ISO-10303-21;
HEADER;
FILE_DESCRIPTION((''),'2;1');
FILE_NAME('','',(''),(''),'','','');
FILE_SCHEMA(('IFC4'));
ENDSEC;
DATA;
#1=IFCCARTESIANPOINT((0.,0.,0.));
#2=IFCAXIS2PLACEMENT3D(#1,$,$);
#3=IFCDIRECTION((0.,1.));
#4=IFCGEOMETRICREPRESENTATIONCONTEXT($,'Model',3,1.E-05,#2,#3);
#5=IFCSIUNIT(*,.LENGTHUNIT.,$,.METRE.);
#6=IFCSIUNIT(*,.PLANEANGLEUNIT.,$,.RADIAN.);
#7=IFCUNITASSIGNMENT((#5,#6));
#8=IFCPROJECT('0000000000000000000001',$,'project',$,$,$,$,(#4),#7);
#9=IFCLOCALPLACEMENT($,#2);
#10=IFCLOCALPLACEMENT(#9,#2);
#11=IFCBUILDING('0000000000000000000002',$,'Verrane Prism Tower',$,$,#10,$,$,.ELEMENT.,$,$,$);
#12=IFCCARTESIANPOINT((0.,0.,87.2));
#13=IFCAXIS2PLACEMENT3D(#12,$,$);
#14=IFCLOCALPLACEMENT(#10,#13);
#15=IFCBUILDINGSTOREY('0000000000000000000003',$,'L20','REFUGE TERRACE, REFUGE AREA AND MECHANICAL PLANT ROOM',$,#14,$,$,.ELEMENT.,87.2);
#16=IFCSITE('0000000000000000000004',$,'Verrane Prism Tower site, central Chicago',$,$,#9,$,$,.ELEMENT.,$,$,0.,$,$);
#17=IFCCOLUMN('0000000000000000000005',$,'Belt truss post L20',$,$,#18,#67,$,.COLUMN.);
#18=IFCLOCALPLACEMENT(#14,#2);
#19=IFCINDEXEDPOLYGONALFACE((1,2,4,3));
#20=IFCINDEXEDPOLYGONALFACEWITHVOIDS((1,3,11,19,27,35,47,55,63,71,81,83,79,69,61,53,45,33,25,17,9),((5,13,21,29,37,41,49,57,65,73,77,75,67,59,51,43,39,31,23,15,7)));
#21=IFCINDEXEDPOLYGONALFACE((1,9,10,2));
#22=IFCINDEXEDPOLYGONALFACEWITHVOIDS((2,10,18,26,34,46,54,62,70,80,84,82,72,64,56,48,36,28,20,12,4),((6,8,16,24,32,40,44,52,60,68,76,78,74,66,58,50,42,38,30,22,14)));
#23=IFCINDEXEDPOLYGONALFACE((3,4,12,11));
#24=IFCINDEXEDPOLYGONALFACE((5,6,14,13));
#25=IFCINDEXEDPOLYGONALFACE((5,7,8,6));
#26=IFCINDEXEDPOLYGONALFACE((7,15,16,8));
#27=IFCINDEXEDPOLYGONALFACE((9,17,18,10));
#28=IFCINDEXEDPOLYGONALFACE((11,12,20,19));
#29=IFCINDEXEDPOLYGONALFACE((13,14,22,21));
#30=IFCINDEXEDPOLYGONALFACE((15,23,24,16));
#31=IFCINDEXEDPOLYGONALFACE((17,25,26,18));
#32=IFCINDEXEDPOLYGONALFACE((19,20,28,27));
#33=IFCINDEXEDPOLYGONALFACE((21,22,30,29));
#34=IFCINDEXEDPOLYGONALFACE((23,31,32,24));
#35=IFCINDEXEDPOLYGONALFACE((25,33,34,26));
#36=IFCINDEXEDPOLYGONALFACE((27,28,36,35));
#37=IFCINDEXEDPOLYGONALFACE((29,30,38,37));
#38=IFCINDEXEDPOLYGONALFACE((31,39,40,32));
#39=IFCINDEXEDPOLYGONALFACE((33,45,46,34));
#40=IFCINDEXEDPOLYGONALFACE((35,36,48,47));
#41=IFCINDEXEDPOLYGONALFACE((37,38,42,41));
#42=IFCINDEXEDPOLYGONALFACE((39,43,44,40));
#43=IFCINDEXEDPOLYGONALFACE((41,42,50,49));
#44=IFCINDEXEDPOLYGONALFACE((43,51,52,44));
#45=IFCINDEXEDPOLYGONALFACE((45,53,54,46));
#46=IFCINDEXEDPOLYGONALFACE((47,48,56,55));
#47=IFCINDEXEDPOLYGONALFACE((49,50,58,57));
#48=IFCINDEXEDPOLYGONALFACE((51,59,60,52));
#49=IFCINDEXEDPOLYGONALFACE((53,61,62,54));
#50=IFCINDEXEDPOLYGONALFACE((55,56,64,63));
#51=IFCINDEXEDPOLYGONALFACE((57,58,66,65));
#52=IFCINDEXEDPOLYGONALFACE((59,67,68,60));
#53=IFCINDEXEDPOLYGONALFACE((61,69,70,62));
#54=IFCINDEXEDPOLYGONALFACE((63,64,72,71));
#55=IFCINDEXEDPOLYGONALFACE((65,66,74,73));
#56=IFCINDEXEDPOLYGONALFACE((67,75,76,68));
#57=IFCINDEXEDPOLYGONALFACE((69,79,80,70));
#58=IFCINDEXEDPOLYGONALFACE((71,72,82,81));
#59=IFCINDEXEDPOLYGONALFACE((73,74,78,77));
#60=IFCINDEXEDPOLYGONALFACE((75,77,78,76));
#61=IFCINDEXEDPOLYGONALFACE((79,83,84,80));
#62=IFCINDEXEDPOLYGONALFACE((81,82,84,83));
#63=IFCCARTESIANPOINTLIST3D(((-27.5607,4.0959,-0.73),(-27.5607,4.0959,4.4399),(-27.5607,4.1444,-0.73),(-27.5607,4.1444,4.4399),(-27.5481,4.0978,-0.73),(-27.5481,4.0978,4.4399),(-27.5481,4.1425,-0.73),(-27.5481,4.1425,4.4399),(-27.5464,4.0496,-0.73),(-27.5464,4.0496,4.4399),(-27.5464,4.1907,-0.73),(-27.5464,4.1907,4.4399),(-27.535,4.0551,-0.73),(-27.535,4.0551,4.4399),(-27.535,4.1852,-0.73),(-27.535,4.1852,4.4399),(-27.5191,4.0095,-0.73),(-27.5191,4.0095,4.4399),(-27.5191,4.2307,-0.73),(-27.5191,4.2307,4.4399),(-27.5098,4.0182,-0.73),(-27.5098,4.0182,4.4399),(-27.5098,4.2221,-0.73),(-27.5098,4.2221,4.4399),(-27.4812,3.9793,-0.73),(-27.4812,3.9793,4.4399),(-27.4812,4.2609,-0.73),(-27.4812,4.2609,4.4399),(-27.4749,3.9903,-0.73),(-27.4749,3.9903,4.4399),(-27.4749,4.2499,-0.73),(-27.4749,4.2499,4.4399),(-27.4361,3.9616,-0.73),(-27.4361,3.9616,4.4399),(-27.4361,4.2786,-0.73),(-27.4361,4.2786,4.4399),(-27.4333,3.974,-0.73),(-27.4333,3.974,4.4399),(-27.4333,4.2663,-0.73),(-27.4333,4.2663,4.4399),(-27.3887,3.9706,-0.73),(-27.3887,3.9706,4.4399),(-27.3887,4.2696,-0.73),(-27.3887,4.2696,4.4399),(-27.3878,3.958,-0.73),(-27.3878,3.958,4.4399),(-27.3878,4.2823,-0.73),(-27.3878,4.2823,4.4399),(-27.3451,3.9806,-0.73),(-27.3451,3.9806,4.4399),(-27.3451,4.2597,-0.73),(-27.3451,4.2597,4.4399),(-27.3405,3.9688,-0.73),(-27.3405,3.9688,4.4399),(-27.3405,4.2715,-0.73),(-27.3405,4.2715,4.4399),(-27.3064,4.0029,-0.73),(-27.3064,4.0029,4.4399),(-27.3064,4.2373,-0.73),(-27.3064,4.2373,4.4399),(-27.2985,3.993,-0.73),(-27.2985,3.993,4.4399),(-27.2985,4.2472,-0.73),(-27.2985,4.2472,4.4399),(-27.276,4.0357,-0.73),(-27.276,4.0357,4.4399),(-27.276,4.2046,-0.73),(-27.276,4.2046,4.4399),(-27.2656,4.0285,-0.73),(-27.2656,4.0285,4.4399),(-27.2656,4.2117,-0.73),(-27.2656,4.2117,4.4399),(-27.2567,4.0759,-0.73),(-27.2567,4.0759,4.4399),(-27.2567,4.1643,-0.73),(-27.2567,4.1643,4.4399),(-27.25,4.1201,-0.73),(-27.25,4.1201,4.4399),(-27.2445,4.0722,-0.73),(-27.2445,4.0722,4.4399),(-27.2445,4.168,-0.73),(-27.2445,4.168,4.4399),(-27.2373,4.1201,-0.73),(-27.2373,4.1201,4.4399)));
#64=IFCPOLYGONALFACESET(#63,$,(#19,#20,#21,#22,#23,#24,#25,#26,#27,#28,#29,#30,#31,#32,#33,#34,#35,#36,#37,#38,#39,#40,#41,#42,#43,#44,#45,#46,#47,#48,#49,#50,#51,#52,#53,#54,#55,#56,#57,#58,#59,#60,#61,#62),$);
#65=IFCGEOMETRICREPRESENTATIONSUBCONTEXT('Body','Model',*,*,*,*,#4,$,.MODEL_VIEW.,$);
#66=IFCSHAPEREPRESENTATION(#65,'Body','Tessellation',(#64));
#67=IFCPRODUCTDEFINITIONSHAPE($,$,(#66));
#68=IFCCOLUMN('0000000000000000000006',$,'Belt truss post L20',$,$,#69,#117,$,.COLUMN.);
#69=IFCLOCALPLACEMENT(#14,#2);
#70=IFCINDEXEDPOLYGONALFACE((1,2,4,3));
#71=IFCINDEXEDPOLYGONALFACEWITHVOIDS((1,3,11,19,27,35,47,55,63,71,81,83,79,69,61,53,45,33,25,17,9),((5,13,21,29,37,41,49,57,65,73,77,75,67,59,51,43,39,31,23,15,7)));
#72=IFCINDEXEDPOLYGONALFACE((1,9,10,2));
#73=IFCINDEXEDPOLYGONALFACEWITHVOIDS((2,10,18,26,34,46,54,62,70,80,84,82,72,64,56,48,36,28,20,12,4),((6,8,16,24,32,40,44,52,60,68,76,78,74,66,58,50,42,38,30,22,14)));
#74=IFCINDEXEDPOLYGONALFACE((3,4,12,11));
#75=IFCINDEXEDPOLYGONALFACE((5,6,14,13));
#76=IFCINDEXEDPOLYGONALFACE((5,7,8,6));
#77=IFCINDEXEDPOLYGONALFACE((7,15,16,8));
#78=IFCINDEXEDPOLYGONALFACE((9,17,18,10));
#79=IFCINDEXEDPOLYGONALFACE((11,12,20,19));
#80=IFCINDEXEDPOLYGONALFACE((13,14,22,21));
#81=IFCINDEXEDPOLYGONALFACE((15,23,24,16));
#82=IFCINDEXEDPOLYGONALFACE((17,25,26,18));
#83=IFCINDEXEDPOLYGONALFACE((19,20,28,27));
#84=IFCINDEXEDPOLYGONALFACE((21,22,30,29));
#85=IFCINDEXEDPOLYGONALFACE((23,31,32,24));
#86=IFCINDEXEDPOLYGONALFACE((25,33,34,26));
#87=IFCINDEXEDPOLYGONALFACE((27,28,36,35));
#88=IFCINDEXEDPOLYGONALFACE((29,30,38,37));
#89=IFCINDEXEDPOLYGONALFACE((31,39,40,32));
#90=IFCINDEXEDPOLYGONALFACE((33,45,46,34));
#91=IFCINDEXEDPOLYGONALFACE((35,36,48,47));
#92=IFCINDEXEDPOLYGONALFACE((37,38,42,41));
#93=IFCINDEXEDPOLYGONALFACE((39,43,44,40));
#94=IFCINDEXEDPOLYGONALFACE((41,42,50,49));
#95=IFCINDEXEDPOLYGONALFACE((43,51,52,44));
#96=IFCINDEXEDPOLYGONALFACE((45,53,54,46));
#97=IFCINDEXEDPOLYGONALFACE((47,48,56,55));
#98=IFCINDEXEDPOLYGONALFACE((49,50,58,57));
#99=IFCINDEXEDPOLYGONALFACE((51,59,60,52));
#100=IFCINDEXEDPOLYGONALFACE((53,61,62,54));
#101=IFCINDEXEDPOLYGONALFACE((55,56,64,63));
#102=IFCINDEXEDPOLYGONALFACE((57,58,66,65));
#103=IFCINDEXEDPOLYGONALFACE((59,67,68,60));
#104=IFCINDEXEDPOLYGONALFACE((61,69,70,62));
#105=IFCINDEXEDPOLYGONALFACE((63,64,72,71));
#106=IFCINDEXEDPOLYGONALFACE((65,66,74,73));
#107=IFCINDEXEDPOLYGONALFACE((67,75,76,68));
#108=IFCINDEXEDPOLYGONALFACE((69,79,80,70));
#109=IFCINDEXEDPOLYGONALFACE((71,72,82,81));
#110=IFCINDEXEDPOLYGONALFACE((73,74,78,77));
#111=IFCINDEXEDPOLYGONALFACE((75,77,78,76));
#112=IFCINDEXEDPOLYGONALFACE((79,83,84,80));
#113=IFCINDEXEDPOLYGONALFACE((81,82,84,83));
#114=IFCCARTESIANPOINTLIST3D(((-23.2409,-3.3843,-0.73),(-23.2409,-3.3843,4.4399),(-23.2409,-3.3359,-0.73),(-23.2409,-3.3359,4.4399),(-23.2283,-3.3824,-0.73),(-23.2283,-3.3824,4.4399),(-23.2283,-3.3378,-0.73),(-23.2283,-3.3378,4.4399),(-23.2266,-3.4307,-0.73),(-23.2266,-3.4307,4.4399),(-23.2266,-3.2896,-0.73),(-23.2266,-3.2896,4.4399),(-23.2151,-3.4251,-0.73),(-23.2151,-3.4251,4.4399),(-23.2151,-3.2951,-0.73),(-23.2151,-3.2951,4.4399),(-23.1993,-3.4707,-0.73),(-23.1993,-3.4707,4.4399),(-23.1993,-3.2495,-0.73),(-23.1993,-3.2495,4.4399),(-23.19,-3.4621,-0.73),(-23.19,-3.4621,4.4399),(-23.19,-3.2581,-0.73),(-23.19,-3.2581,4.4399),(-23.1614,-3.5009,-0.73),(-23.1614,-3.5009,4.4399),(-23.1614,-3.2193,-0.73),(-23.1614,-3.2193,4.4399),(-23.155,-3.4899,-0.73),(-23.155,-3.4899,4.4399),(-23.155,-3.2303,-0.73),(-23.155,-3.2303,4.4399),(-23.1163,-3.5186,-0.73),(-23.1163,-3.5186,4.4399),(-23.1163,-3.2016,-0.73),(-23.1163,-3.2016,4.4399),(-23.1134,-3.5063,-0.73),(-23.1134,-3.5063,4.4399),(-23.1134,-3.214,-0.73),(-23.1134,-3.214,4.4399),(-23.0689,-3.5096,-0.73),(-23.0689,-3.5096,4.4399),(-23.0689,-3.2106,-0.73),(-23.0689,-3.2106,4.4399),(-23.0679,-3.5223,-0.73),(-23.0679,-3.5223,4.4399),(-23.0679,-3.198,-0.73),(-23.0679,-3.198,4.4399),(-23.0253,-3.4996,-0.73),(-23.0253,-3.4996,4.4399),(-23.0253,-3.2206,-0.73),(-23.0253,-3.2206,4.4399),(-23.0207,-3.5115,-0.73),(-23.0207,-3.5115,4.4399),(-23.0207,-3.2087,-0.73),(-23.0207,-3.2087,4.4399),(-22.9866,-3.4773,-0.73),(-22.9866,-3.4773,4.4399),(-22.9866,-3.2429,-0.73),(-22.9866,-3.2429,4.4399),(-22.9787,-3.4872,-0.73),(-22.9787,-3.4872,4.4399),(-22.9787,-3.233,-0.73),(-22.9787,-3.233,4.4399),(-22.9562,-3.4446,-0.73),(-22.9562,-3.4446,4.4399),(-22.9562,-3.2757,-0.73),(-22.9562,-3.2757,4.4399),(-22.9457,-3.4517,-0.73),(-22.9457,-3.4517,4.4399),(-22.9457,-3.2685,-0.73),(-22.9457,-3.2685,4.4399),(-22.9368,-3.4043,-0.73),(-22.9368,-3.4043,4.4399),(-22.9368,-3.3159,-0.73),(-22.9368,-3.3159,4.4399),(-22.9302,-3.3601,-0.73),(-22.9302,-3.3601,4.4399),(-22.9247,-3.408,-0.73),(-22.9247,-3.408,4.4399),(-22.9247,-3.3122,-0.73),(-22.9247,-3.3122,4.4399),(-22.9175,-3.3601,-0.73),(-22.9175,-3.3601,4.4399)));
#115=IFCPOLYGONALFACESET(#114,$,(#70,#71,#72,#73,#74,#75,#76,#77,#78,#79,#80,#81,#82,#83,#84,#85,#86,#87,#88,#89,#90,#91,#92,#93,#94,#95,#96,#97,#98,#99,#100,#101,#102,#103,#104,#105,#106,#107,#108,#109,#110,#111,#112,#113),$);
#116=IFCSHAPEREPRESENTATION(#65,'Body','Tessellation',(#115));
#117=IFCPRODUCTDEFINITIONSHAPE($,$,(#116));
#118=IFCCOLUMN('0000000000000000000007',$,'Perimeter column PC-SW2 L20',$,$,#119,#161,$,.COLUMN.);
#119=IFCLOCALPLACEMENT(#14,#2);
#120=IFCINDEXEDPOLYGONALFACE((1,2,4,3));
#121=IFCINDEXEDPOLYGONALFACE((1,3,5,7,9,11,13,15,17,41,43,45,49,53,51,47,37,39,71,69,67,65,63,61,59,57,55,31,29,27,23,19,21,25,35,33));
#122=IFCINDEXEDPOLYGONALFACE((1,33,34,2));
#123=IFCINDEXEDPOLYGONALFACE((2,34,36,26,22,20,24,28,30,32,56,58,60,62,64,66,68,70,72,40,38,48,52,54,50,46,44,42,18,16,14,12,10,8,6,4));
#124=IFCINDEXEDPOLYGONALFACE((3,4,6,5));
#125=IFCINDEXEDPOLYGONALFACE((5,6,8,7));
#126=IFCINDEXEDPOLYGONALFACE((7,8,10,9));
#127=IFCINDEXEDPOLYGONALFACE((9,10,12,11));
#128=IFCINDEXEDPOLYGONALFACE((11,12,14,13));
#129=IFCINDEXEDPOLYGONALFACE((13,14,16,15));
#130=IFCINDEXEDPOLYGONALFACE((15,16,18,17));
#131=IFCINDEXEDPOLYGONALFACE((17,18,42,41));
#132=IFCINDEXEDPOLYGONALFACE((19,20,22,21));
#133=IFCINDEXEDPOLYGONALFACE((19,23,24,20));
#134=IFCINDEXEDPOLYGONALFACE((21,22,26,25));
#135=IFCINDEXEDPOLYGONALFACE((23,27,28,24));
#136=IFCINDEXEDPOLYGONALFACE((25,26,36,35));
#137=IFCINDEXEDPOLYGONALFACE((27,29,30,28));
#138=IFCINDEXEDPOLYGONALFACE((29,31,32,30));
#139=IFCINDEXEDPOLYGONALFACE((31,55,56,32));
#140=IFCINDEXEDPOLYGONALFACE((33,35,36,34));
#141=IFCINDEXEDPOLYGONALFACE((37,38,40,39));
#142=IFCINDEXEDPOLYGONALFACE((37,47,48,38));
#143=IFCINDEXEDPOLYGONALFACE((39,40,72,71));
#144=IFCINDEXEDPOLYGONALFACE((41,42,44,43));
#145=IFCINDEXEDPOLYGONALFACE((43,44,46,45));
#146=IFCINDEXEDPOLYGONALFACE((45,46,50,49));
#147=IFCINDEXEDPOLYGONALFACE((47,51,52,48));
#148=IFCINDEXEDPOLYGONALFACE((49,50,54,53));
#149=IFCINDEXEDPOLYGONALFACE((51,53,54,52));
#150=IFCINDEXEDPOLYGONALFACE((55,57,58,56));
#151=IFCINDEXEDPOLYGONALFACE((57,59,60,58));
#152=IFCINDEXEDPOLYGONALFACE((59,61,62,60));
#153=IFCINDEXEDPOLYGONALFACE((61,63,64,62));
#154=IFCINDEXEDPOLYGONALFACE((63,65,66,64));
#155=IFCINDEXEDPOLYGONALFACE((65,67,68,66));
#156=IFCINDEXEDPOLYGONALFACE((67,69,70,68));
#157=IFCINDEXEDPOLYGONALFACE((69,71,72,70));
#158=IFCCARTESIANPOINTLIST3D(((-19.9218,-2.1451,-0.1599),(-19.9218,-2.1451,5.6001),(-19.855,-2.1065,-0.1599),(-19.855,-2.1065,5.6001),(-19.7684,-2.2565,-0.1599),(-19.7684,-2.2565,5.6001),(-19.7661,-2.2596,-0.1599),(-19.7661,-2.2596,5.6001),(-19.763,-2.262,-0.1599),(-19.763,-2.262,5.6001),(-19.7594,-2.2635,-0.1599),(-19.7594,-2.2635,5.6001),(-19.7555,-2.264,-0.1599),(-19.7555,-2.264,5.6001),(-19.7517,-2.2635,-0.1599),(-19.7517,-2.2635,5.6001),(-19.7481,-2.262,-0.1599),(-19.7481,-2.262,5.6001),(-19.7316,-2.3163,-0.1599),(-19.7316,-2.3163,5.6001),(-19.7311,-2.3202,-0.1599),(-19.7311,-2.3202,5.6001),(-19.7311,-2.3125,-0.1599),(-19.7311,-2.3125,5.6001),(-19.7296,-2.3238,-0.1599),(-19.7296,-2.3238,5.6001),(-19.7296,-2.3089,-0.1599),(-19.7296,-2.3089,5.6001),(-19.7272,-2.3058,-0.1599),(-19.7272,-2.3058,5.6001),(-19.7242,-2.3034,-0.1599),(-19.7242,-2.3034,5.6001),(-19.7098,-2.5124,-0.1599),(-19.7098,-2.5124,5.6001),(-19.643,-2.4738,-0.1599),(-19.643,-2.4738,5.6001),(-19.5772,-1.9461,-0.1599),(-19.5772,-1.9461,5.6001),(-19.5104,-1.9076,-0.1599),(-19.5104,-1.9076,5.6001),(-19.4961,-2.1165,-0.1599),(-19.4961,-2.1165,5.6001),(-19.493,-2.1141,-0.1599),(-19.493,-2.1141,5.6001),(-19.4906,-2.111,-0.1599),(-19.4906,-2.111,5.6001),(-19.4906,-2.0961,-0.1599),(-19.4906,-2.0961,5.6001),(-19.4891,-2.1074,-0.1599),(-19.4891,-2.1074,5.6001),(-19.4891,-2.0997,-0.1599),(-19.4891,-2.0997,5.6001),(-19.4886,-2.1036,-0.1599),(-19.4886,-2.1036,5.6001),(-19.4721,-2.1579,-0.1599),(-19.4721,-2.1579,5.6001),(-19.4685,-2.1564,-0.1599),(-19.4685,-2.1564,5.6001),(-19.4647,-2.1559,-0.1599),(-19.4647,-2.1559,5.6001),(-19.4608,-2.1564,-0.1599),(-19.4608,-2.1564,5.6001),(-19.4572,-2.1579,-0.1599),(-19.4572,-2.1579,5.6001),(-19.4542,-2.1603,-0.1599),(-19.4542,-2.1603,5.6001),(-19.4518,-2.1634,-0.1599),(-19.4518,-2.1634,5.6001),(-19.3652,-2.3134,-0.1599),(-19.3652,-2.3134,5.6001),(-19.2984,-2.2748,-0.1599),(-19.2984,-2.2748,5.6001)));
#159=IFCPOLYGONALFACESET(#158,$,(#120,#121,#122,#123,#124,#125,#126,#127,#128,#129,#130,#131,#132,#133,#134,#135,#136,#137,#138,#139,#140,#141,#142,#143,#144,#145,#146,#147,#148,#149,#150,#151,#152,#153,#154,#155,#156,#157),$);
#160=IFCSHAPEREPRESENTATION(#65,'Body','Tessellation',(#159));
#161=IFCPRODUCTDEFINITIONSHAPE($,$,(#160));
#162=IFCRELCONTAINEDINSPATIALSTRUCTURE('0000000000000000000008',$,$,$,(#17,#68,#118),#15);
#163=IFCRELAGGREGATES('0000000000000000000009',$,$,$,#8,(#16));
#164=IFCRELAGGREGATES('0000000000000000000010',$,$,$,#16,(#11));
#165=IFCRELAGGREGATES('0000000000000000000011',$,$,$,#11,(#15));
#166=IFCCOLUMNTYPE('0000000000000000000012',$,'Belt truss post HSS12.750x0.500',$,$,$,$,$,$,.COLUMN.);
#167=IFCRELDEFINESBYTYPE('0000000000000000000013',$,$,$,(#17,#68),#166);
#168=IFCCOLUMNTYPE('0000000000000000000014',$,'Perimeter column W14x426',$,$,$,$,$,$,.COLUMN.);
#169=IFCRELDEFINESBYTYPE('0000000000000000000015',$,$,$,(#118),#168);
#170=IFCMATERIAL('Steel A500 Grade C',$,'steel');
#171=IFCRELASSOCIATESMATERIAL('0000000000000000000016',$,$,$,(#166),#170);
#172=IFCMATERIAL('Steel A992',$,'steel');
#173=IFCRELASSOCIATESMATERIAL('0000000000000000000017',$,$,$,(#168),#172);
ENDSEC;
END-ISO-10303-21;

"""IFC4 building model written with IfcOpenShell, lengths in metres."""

from ifc_helpers import new_model, si_unit, direction, frame, origin, origin_2d, place, context, subcontext, project, spatial, hollow_circle, i_section, extrude, material, material_profile, profile_set, type_object, element, save


model = new_model("IFC4")

# Units and contexts
model_context = context("Model", 3, precision=1e-05, world=origin(), true_north=direction((0.0, 1.0)))
body_context = subcontext(model_context, "Body", "Model", "MODEL_VIEW")
ifc_project = project(units=[si_unit("LENGTHUNIT", "METRE"), si_unit("PLANEANGLEUNIT", "RADIAN")], contexts=[model_context])

# Site, building, storey
site_placement = place(None, origin())
site = spatial("IfcSite", under=ifc_project, at=site_placement, Name="Verrane Prism Tower site, central Chicago", CompositionType="ELEMENT", RefElevation=0.0)
building_placement = place(site_placement, origin())
building = spatial("IfcBuilding", under=site, at=building_placement, Name="Verrane Prism Tower", CompositionType="ELEMENT")
storey_placement = place(building_placement, frame((0.0, 0.0, 87.2)))
storey = spatial("IfcBuildingStorey", under=building, at=storey_placement, Name="L20", Description="REFUGE TERRACE, REFUGE AREA AND MECHANICAL PLANT ROOM", CompositionType="ELEMENT", Elevation=87.2)

# Columns
ifc_material_1 = material(Name="Steel A500 Grade C", Category="steel")
ifc_material_profile_1 = material_profile(ifc_material_1, hollow_circle(Radius=0.1626, WallThickness=0.0127, at=origin_2d()), Name="HSS12.750x0.500")
ifc_profile_set_1 = profile_set([ifc_material_profile_1], Name="Steel A500 Grade C")
column_type_1 = type_object("IfcColumnType", Name="Belt truss post HSS12.750x0.500", PredefinedType="COLUMN", material=ifc_profile_set_1)
for number, where, z_axis, x_axis, name in (
    (1, (-27.3999, 4.1201, -0.73), (0.0, 0.0, 1.0), (-0.5, 0.866025, 0.0), "Belt truss post L20"),
    (2, (-23.0801, -3.3601, -0.73), (0.0, 0.0, 1.0), (-0.5, 0.866025, 0.0), "Belt truss post L20"),
):
    element("IfcColumn", number, at=place(storey_placement, frame(where, z_axis=z_axis, x_axis=x_axis)), inside=storey, type_object=column_type_1, Name=name, PredefinedType="COLUMN", context=body_context, shape_type="SweptSolid", body=[
        extrude(hollow_circle(Radius=0.1626, WallThickness=0.0127, at=origin_2d()), origin(), (0.0, 0.0, 1.0), 5.1699),
    ])
ifc_material_2 = material(Name="Steel A992", Category="steel")
ifc_material_profile_2 = material_profile(ifc_material_2, i_section(OverallWidth=0.4241, OverallDepth=0.4751, WebThickness=0.0479, FlangeThickness=0.0771, FilletRadius=0.0149, at=origin_2d()), Name="W14x426")
ifc_profile_set_2 = profile_set([ifc_material_profile_2], Name="Steel A992")
column_type_2 = type_object("IfcColumnType", Name="Perimeter column W14x426", PredefinedType="COLUMN", material=ifc_profile_set_2)
column_placement = place(storey_placement, frame((-19.6101, -2.21, -0.1599), z_axis=(0.0, 0.0, 1.0), x_axis=(-0.5, 0.866025, 0.0)))
element("IfcColumn", 3, at=column_placement, inside=storey, type_object=column_type_2, Name="Perimeter column PC-SW2 L20", PredefinedType="COLUMN", context=body_context, shape_type="SweptSolid", body=[
    extrude(i_section(OverallWidth=0.4241, OverallDepth=0.4751, WebThickness=0.0479, FlangeThickness=0.0771, FilletRadius=0.0149, at=origin_2d()), origin(), (0.0, 0.0, 1.0), 5.76),
])

save(model, "model.ifc")
